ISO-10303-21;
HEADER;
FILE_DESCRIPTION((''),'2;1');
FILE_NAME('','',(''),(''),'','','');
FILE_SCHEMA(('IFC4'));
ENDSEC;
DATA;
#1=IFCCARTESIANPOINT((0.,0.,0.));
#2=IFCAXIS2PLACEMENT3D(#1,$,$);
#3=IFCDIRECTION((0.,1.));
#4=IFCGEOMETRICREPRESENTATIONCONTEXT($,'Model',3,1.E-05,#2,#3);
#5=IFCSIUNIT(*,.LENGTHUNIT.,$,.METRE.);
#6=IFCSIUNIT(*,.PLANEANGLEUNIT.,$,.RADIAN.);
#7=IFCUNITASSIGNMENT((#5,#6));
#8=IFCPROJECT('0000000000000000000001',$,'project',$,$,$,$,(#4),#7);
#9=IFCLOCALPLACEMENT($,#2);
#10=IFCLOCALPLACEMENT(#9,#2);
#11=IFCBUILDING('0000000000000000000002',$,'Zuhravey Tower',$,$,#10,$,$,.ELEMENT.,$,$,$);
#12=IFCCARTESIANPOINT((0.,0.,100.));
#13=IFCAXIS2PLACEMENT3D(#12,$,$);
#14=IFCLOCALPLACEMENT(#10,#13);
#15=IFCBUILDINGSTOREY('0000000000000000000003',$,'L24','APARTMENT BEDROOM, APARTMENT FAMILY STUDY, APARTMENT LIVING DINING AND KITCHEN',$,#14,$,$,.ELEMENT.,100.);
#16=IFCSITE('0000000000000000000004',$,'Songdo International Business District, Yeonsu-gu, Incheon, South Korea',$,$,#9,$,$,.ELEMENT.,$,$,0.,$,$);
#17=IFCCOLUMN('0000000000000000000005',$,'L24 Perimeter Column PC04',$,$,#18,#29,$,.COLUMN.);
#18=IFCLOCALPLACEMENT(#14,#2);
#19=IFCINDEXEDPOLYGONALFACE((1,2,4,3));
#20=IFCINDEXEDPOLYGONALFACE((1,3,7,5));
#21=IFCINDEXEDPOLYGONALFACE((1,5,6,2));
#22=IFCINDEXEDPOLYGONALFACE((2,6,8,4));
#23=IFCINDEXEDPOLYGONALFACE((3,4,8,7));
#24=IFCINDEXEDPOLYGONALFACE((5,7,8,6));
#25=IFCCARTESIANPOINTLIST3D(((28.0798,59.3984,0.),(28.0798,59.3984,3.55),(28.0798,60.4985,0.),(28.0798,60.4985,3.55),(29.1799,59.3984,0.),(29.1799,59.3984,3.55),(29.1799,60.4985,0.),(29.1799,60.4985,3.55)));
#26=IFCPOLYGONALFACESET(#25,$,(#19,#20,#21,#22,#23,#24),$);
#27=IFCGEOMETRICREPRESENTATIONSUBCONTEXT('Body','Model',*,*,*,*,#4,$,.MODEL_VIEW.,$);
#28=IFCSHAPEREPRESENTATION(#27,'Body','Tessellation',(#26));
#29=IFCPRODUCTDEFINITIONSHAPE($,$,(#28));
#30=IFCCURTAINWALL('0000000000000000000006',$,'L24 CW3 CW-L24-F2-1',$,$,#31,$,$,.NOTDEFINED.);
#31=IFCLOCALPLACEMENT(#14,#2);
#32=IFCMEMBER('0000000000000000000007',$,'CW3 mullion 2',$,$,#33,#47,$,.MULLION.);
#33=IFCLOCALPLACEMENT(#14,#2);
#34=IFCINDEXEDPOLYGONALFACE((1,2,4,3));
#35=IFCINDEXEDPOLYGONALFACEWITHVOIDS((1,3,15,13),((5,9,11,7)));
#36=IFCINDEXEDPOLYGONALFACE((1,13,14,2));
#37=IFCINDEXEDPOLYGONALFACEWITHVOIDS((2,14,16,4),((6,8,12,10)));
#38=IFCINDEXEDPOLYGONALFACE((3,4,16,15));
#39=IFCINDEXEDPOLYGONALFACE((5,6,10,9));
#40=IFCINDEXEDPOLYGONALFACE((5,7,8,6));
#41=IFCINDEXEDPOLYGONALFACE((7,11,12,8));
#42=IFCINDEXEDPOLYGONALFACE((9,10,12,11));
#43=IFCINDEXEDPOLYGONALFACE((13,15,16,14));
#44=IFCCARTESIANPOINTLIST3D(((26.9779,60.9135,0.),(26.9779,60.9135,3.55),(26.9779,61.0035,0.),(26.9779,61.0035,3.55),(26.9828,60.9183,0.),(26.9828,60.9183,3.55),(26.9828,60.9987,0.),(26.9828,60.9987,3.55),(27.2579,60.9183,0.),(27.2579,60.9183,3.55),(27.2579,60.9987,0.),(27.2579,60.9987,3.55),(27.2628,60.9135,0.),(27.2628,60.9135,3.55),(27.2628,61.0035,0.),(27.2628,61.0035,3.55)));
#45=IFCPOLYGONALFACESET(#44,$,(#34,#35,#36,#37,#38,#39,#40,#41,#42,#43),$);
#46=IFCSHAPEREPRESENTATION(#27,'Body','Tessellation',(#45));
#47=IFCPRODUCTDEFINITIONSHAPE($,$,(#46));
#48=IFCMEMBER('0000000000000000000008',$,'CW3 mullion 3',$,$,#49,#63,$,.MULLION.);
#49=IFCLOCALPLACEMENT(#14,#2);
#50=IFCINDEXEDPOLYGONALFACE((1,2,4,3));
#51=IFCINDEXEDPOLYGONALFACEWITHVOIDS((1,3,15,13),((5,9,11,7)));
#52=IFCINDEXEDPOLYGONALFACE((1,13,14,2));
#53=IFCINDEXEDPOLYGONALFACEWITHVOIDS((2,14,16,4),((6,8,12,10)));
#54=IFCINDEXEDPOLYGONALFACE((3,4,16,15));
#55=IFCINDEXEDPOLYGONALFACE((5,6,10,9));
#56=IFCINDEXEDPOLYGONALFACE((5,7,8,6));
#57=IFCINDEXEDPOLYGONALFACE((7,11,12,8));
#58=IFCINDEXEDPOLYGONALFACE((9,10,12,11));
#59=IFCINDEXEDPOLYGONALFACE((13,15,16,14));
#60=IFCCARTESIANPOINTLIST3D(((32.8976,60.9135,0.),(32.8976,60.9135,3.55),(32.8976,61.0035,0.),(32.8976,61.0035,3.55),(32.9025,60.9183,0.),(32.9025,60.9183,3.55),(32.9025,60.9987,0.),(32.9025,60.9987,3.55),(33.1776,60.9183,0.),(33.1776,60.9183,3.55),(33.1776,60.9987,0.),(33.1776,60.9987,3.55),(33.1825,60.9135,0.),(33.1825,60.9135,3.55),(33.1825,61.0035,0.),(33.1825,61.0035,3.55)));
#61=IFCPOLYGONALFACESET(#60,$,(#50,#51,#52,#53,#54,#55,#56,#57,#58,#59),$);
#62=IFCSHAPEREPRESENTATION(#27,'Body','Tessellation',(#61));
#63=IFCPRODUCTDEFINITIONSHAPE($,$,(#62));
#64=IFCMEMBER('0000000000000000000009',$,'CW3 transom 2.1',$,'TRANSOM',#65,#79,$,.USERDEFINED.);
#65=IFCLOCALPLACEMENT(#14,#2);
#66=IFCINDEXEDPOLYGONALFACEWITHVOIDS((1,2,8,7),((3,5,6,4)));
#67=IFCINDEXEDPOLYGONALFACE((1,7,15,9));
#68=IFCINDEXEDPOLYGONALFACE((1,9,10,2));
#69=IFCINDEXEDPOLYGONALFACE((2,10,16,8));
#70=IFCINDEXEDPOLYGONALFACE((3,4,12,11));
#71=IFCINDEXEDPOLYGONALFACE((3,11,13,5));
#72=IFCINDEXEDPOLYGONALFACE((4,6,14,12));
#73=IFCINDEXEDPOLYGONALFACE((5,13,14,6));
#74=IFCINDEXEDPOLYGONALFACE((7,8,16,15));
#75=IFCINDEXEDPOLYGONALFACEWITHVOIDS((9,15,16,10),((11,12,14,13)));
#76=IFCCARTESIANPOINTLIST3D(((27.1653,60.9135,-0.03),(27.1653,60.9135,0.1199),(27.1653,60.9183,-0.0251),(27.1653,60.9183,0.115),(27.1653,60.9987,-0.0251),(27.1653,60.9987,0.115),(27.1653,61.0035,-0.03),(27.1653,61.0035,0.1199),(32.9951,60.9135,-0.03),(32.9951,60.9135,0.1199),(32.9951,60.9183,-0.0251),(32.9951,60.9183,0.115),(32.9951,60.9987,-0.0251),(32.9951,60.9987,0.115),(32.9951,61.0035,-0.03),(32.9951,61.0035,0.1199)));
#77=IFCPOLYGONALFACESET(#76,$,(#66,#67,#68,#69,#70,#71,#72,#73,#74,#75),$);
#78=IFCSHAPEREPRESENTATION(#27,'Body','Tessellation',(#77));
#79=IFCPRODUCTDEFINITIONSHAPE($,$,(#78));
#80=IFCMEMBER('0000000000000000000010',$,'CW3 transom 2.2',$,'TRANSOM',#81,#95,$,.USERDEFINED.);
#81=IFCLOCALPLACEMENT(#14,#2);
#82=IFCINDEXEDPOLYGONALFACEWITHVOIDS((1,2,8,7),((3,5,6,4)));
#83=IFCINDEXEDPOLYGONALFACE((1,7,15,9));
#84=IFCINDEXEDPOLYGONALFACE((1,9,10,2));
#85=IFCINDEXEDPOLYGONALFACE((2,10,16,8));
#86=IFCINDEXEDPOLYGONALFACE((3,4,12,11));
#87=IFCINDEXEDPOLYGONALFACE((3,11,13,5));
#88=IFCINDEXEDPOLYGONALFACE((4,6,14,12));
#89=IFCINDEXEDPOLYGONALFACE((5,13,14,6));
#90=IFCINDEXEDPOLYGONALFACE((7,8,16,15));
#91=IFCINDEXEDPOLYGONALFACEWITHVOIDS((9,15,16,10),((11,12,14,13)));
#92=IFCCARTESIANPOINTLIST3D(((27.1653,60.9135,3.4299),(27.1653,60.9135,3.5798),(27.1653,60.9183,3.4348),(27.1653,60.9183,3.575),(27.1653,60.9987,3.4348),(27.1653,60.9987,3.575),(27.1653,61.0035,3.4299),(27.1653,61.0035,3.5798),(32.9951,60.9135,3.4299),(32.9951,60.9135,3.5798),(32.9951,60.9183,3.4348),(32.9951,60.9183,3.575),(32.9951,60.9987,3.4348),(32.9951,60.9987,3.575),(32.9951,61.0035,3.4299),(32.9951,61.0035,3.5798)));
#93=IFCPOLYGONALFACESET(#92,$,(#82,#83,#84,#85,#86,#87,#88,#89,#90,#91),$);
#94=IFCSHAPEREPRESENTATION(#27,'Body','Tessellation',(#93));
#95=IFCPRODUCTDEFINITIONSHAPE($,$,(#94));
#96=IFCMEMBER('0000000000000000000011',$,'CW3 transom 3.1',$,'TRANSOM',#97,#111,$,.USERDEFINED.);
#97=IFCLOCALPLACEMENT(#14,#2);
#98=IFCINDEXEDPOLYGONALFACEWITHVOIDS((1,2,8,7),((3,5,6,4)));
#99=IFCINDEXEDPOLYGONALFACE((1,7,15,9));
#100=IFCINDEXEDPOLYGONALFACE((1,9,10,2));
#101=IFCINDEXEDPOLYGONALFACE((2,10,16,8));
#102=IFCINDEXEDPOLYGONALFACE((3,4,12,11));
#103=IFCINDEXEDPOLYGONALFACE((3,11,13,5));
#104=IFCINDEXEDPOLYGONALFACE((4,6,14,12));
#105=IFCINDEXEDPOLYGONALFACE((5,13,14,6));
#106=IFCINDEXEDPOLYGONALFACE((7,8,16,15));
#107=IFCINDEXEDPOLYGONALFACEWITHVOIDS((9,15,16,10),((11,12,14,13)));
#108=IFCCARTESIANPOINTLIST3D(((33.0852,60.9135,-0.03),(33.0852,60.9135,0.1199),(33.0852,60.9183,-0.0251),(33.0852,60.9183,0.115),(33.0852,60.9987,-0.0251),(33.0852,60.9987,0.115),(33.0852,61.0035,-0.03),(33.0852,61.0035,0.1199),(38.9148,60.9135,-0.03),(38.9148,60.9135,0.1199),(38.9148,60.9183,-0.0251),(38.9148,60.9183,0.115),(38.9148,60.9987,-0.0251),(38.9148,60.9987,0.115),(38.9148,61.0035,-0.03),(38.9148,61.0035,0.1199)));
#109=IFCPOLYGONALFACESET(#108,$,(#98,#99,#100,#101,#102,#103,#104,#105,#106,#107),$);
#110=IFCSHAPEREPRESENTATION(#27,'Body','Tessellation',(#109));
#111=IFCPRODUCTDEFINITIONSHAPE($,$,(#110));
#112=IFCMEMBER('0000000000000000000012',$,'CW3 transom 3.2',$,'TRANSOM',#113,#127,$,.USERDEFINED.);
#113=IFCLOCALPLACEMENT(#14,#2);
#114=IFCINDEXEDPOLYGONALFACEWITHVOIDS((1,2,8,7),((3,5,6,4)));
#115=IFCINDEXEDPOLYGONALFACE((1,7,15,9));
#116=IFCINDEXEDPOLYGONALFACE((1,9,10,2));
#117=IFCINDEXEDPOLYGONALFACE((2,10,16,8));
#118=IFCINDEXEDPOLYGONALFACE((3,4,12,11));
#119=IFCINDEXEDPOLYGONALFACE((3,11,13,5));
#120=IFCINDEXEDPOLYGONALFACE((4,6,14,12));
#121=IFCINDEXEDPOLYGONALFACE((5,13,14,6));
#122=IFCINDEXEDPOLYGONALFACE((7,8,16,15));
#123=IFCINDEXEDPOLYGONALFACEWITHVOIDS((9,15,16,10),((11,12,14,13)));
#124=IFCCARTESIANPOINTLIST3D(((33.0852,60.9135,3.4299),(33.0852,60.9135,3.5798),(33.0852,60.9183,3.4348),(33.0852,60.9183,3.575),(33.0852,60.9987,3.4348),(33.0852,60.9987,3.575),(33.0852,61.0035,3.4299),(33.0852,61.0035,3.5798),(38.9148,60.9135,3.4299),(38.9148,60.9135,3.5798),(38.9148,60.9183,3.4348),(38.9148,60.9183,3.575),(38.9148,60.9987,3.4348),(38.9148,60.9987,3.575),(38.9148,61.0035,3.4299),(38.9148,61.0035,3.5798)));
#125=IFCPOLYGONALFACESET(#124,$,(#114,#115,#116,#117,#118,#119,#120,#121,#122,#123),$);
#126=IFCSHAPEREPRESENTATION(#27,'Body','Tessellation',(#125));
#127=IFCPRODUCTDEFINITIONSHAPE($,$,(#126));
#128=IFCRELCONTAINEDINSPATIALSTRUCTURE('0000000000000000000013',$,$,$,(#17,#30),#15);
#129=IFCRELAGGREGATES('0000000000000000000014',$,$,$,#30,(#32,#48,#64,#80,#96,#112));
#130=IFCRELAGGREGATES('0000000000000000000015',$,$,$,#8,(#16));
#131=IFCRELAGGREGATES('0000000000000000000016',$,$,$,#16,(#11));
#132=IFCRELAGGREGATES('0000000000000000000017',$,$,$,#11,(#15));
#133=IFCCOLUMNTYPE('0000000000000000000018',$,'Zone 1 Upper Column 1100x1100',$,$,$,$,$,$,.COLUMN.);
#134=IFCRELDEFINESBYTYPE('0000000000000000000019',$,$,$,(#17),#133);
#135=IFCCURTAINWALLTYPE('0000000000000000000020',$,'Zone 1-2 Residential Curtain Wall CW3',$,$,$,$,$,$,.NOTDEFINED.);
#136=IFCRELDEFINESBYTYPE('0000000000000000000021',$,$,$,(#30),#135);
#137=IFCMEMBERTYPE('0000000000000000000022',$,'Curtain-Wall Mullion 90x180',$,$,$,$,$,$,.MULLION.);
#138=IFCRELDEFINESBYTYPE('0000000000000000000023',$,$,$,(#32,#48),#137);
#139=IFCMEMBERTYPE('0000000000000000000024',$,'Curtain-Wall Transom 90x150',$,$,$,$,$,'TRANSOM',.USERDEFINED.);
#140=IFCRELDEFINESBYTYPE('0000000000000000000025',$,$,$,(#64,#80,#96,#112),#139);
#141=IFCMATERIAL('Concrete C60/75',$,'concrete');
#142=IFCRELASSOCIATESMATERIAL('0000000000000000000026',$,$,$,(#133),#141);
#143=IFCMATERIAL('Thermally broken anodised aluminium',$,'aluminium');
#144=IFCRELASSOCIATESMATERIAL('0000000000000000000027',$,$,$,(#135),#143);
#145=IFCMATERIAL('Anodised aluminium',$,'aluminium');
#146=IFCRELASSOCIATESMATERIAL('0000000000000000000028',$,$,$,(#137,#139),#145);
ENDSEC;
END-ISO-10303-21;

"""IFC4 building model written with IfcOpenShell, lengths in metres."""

from ifc_helpers import new_model, si_unit, direction, frame, origin, origin_2d, place, context, subcontext, project, spatial, rectangle, hollow_rectangle, extrude, material, material_profile, profile_set, type_object, element, aggregate, save


model = new_model("IFC4")

# Units and contexts
model_context = context("Model", 3, precision=1e-05, world=origin(), true_north=direction((0.0, 1.0)))
body_context = subcontext(model_context, "Body", "Model", "MODEL_VIEW")
ifc_project = project(units=[si_unit("LENGTHUNIT", "METRE"), si_unit("PLANEANGLEUNIT", "RADIAN")], contexts=[model_context])

# Site, building, storey
site_placement = place(None, origin())
site = spatial("IfcSite", under=ifc_project, at=site_placement, Name="Songdo International Business District, Yeonsu-gu, Incheon, South Korea", CompositionType="ELEMENT", RefElevation=0.0)
building_placement = place(site_placement, origin())
building = spatial("IfcBuilding", under=site, at=building_placement, Name="Zuhravey Tower", CompositionType="ELEMENT")
storey_placement = place(building_placement, frame((0.0, 0.0, 100.0)))
storey = spatial("IfcBuildingStorey", under=building, at=storey_placement, Name="L24", Description="APARTMENT BEDROOM, APARTMENT FAMILY STUDY, APARTMENT LIVING DINING AND KITCHEN", CompositionType="ELEMENT", Elevation=100.0)

# Column
ifc_material_1 = material(Name="Concrete C60/75", Category="concrete")
ifc_material_profile_1 = material_profile(ifc_material_1, rectangle(XDim=1.1001, YDim=1.1001, at=origin_2d()), Name="RC-1100x1100")
ifc_profile_set_1 = profile_set([ifc_material_profile_1], Name="Concrete C60/75")
column_type = type_object("IfcColumnType", Name="Zone 1 Upper Column 1100x1100", PredefinedType="COLUMN", material=ifc_profile_set_1)
column_placement = place(storey_placement, frame((28.6299, 59.9485, 0.0), z_axis=(0.0, 0.0, 1.0), x_axis=(-1.0, 0.0, 0.0)))
element("IfcColumn", 1, at=column_placement, inside=storey, type_object=column_type, Name="L24 Perimeter Column PC04", PredefinedType="COLUMN", context=body_context, shape_type="SweptSolid", body=[
    extrude(rectangle(XDim=1.1001, YDim=1.1001, at=origin_2d()), origin(), (0.0, 0.0, 1.0), 3.55),
])

# Curtain wall, members
ifc_material_2 = material(Name="Thermally broken anodised aluminium", Category="aluminium")
curtain_wall_type = type_object("IfcCurtainWallType", Name="Zone 1-2 Residential Curtain Wall CW3", PredefinedType="NOTDEFINED", material=ifc_material_2)
curtain_wall_placement = place(storey_placement, origin())
curtain_wall = element("IfcCurtainWall", 2, at=curtain_wall_placement, inside=storey, type_object=curtain_wall_type, Name="L24 CW3 CW-L24-F2-1", PredefinedType="NOTDEFINED")
ifc_material_3 = material(Name="Anodised aluminium", Category="aluminium")
ifc_material_profile_2 = material_profile(ifc_material_3, hollow_rectangle(XDim=0.0901, YDim=0.2849, WallThickness=0.0049, at=origin_2d()), Name="ALU-RHS-90x285x5")
ifc_profile_set_2 = profile_set([ifc_material_profile_2], Name="Anodised aluminium")
member_type_1 = type_object("IfcMemberType", Name="Curtain-Wall Mullion 90x180", PredefinedType="MULLION", material=ifc_profile_set_2)
member_1_placement = place(storey_placement, frame((27.1204, 60.9585, 0.0), z_axis=(0.0, 0.0, 1.0), x_axis=(0.0, 1.0, 0.0)))
member_1 = element("IfcMember", 3, at=member_1_placement, type_object=member_type_1, Name="CW3 mullion 2", PredefinedType="MULLION", context=body_context, shape_type="SweptSolid", body=[
    extrude(hollow_rectangle(XDim=0.0901, YDim=0.2849, WallThickness=0.0049, at=origin_2d()), origin(), (0.0, 0.0, 1.0), 3.55),
])
member_2_placement = place(storey_placement, frame((33.04, 60.9585, 0.0), z_axis=(0.0, 0.0, 1.0), x_axis=(0.0, 1.0, 0.0)))
member_2 = element("IfcMember", 4, at=member_2_placement, type_object=member_type_1, Name="CW3 mullion 3", PredefinedType="MULLION", context=body_context, shape_type="SweptSolid", body=[
    extrude(hollow_rectangle(XDim=0.0901, YDim=0.2849, WallThickness=0.0049, at=origin_2d()), origin(), (0.0, 0.0, 1.0), 3.55),
])
ifc_material_profile_3 = material_profile(ifc_material_3, hollow_rectangle(XDim=0.0901, YDim=0.1499, WallThickness=0.0049, at=origin_2d()), Name="ALU-RHS-90x150x5")
ifc_profile_set_3 = profile_set([ifc_material_profile_3], Name="Anodised aluminium")
member_type_2 = type_object("IfcMemberType", Name="Curtain-Wall Transom 90x150", ElementType="TRANSOM", PredefinedType="USERDEFINED", material=ifc_profile_set_3)
member_3_placement = place(storey_placement, frame((27.1653, 60.9585, 0.0449), z_axis=(1.0, 0.0, 0.0), x_axis=(0.0, 1.0, 0.0)))
member_3 = element("IfcMember", 5, at=member_3_placement, type_object=member_type_2, Name="CW3 transom 2.1", ObjectType="TRANSOM", PredefinedType="USERDEFINED", context=body_context, shape_type="SweptSolid", body=[
    extrude(hollow_rectangle(XDim=0.0901, YDim=0.1499, WallThickness=0.0049, at=origin_2d()), origin(), (0.0, 0.0, 1.0), 5.8298),
])
member_4_placement = place(storey_placement, frame((27.1653, 60.9585, 3.5049), z_axis=(1.0, 0.0, 0.0), x_axis=(0.0, 1.0, 0.0)))
member_4 = element("IfcMember", 6, at=member_4_placement, type_object=member_type_2, Name="CW3 transom 2.2", ObjectType="TRANSOM", PredefinedType="USERDEFINED", context=body_context, shape_type="SweptSolid", body=[
    extrude(hollow_rectangle(XDim=0.0901, YDim=0.1499, WallThickness=0.0049, at=origin_2d()), origin(), (0.0, 0.0, 1.0), 5.8298),
])
member_5_placement = place(storey_placement, frame((33.0852, 60.9585, 0.0449), z_axis=(1.0, 0.0, 0.0), x_axis=(0.0, 1.0, 0.0)))
member_5 = element("IfcMember", 7, at=member_5_placement, type_object=member_type_2, Name="CW3 transom 3.1", ObjectType="TRANSOM", PredefinedType="USERDEFINED", context=body_context, shape_type="SweptSolid", body=[
    extrude(hollow_rectangle(XDim=0.0901, YDim=0.1499, WallThickness=0.0049, at=origin_2d()), origin(), (0.0, 0.0, 1.0), 5.8296),
])
member_6_placement = place(storey_placement, frame((33.0852, 60.9585, 3.5049), z_axis=(1.0, 0.0, 0.0), x_axis=(0.0, 1.0, 0.0)))
member_6 = element("IfcMember", 8, at=member_6_placement, type_object=member_type_2, Name="CW3 transom 3.2", ObjectType="TRANSOM", PredefinedType="USERDEFINED", context=body_context, shape_type="SweptSolid", body=[
    extrude(hollow_rectangle(XDim=0.0901, YDim=0.1499, WallThickness=0.0049, at=origin_2d()), origin(), (0.0, 0.0, 1.0), 5.8296),
])

aggregate(curtain_wall, [member_1, member_2, member_3, member_4, member_5, member_6])

save(model, "model.ifc")
